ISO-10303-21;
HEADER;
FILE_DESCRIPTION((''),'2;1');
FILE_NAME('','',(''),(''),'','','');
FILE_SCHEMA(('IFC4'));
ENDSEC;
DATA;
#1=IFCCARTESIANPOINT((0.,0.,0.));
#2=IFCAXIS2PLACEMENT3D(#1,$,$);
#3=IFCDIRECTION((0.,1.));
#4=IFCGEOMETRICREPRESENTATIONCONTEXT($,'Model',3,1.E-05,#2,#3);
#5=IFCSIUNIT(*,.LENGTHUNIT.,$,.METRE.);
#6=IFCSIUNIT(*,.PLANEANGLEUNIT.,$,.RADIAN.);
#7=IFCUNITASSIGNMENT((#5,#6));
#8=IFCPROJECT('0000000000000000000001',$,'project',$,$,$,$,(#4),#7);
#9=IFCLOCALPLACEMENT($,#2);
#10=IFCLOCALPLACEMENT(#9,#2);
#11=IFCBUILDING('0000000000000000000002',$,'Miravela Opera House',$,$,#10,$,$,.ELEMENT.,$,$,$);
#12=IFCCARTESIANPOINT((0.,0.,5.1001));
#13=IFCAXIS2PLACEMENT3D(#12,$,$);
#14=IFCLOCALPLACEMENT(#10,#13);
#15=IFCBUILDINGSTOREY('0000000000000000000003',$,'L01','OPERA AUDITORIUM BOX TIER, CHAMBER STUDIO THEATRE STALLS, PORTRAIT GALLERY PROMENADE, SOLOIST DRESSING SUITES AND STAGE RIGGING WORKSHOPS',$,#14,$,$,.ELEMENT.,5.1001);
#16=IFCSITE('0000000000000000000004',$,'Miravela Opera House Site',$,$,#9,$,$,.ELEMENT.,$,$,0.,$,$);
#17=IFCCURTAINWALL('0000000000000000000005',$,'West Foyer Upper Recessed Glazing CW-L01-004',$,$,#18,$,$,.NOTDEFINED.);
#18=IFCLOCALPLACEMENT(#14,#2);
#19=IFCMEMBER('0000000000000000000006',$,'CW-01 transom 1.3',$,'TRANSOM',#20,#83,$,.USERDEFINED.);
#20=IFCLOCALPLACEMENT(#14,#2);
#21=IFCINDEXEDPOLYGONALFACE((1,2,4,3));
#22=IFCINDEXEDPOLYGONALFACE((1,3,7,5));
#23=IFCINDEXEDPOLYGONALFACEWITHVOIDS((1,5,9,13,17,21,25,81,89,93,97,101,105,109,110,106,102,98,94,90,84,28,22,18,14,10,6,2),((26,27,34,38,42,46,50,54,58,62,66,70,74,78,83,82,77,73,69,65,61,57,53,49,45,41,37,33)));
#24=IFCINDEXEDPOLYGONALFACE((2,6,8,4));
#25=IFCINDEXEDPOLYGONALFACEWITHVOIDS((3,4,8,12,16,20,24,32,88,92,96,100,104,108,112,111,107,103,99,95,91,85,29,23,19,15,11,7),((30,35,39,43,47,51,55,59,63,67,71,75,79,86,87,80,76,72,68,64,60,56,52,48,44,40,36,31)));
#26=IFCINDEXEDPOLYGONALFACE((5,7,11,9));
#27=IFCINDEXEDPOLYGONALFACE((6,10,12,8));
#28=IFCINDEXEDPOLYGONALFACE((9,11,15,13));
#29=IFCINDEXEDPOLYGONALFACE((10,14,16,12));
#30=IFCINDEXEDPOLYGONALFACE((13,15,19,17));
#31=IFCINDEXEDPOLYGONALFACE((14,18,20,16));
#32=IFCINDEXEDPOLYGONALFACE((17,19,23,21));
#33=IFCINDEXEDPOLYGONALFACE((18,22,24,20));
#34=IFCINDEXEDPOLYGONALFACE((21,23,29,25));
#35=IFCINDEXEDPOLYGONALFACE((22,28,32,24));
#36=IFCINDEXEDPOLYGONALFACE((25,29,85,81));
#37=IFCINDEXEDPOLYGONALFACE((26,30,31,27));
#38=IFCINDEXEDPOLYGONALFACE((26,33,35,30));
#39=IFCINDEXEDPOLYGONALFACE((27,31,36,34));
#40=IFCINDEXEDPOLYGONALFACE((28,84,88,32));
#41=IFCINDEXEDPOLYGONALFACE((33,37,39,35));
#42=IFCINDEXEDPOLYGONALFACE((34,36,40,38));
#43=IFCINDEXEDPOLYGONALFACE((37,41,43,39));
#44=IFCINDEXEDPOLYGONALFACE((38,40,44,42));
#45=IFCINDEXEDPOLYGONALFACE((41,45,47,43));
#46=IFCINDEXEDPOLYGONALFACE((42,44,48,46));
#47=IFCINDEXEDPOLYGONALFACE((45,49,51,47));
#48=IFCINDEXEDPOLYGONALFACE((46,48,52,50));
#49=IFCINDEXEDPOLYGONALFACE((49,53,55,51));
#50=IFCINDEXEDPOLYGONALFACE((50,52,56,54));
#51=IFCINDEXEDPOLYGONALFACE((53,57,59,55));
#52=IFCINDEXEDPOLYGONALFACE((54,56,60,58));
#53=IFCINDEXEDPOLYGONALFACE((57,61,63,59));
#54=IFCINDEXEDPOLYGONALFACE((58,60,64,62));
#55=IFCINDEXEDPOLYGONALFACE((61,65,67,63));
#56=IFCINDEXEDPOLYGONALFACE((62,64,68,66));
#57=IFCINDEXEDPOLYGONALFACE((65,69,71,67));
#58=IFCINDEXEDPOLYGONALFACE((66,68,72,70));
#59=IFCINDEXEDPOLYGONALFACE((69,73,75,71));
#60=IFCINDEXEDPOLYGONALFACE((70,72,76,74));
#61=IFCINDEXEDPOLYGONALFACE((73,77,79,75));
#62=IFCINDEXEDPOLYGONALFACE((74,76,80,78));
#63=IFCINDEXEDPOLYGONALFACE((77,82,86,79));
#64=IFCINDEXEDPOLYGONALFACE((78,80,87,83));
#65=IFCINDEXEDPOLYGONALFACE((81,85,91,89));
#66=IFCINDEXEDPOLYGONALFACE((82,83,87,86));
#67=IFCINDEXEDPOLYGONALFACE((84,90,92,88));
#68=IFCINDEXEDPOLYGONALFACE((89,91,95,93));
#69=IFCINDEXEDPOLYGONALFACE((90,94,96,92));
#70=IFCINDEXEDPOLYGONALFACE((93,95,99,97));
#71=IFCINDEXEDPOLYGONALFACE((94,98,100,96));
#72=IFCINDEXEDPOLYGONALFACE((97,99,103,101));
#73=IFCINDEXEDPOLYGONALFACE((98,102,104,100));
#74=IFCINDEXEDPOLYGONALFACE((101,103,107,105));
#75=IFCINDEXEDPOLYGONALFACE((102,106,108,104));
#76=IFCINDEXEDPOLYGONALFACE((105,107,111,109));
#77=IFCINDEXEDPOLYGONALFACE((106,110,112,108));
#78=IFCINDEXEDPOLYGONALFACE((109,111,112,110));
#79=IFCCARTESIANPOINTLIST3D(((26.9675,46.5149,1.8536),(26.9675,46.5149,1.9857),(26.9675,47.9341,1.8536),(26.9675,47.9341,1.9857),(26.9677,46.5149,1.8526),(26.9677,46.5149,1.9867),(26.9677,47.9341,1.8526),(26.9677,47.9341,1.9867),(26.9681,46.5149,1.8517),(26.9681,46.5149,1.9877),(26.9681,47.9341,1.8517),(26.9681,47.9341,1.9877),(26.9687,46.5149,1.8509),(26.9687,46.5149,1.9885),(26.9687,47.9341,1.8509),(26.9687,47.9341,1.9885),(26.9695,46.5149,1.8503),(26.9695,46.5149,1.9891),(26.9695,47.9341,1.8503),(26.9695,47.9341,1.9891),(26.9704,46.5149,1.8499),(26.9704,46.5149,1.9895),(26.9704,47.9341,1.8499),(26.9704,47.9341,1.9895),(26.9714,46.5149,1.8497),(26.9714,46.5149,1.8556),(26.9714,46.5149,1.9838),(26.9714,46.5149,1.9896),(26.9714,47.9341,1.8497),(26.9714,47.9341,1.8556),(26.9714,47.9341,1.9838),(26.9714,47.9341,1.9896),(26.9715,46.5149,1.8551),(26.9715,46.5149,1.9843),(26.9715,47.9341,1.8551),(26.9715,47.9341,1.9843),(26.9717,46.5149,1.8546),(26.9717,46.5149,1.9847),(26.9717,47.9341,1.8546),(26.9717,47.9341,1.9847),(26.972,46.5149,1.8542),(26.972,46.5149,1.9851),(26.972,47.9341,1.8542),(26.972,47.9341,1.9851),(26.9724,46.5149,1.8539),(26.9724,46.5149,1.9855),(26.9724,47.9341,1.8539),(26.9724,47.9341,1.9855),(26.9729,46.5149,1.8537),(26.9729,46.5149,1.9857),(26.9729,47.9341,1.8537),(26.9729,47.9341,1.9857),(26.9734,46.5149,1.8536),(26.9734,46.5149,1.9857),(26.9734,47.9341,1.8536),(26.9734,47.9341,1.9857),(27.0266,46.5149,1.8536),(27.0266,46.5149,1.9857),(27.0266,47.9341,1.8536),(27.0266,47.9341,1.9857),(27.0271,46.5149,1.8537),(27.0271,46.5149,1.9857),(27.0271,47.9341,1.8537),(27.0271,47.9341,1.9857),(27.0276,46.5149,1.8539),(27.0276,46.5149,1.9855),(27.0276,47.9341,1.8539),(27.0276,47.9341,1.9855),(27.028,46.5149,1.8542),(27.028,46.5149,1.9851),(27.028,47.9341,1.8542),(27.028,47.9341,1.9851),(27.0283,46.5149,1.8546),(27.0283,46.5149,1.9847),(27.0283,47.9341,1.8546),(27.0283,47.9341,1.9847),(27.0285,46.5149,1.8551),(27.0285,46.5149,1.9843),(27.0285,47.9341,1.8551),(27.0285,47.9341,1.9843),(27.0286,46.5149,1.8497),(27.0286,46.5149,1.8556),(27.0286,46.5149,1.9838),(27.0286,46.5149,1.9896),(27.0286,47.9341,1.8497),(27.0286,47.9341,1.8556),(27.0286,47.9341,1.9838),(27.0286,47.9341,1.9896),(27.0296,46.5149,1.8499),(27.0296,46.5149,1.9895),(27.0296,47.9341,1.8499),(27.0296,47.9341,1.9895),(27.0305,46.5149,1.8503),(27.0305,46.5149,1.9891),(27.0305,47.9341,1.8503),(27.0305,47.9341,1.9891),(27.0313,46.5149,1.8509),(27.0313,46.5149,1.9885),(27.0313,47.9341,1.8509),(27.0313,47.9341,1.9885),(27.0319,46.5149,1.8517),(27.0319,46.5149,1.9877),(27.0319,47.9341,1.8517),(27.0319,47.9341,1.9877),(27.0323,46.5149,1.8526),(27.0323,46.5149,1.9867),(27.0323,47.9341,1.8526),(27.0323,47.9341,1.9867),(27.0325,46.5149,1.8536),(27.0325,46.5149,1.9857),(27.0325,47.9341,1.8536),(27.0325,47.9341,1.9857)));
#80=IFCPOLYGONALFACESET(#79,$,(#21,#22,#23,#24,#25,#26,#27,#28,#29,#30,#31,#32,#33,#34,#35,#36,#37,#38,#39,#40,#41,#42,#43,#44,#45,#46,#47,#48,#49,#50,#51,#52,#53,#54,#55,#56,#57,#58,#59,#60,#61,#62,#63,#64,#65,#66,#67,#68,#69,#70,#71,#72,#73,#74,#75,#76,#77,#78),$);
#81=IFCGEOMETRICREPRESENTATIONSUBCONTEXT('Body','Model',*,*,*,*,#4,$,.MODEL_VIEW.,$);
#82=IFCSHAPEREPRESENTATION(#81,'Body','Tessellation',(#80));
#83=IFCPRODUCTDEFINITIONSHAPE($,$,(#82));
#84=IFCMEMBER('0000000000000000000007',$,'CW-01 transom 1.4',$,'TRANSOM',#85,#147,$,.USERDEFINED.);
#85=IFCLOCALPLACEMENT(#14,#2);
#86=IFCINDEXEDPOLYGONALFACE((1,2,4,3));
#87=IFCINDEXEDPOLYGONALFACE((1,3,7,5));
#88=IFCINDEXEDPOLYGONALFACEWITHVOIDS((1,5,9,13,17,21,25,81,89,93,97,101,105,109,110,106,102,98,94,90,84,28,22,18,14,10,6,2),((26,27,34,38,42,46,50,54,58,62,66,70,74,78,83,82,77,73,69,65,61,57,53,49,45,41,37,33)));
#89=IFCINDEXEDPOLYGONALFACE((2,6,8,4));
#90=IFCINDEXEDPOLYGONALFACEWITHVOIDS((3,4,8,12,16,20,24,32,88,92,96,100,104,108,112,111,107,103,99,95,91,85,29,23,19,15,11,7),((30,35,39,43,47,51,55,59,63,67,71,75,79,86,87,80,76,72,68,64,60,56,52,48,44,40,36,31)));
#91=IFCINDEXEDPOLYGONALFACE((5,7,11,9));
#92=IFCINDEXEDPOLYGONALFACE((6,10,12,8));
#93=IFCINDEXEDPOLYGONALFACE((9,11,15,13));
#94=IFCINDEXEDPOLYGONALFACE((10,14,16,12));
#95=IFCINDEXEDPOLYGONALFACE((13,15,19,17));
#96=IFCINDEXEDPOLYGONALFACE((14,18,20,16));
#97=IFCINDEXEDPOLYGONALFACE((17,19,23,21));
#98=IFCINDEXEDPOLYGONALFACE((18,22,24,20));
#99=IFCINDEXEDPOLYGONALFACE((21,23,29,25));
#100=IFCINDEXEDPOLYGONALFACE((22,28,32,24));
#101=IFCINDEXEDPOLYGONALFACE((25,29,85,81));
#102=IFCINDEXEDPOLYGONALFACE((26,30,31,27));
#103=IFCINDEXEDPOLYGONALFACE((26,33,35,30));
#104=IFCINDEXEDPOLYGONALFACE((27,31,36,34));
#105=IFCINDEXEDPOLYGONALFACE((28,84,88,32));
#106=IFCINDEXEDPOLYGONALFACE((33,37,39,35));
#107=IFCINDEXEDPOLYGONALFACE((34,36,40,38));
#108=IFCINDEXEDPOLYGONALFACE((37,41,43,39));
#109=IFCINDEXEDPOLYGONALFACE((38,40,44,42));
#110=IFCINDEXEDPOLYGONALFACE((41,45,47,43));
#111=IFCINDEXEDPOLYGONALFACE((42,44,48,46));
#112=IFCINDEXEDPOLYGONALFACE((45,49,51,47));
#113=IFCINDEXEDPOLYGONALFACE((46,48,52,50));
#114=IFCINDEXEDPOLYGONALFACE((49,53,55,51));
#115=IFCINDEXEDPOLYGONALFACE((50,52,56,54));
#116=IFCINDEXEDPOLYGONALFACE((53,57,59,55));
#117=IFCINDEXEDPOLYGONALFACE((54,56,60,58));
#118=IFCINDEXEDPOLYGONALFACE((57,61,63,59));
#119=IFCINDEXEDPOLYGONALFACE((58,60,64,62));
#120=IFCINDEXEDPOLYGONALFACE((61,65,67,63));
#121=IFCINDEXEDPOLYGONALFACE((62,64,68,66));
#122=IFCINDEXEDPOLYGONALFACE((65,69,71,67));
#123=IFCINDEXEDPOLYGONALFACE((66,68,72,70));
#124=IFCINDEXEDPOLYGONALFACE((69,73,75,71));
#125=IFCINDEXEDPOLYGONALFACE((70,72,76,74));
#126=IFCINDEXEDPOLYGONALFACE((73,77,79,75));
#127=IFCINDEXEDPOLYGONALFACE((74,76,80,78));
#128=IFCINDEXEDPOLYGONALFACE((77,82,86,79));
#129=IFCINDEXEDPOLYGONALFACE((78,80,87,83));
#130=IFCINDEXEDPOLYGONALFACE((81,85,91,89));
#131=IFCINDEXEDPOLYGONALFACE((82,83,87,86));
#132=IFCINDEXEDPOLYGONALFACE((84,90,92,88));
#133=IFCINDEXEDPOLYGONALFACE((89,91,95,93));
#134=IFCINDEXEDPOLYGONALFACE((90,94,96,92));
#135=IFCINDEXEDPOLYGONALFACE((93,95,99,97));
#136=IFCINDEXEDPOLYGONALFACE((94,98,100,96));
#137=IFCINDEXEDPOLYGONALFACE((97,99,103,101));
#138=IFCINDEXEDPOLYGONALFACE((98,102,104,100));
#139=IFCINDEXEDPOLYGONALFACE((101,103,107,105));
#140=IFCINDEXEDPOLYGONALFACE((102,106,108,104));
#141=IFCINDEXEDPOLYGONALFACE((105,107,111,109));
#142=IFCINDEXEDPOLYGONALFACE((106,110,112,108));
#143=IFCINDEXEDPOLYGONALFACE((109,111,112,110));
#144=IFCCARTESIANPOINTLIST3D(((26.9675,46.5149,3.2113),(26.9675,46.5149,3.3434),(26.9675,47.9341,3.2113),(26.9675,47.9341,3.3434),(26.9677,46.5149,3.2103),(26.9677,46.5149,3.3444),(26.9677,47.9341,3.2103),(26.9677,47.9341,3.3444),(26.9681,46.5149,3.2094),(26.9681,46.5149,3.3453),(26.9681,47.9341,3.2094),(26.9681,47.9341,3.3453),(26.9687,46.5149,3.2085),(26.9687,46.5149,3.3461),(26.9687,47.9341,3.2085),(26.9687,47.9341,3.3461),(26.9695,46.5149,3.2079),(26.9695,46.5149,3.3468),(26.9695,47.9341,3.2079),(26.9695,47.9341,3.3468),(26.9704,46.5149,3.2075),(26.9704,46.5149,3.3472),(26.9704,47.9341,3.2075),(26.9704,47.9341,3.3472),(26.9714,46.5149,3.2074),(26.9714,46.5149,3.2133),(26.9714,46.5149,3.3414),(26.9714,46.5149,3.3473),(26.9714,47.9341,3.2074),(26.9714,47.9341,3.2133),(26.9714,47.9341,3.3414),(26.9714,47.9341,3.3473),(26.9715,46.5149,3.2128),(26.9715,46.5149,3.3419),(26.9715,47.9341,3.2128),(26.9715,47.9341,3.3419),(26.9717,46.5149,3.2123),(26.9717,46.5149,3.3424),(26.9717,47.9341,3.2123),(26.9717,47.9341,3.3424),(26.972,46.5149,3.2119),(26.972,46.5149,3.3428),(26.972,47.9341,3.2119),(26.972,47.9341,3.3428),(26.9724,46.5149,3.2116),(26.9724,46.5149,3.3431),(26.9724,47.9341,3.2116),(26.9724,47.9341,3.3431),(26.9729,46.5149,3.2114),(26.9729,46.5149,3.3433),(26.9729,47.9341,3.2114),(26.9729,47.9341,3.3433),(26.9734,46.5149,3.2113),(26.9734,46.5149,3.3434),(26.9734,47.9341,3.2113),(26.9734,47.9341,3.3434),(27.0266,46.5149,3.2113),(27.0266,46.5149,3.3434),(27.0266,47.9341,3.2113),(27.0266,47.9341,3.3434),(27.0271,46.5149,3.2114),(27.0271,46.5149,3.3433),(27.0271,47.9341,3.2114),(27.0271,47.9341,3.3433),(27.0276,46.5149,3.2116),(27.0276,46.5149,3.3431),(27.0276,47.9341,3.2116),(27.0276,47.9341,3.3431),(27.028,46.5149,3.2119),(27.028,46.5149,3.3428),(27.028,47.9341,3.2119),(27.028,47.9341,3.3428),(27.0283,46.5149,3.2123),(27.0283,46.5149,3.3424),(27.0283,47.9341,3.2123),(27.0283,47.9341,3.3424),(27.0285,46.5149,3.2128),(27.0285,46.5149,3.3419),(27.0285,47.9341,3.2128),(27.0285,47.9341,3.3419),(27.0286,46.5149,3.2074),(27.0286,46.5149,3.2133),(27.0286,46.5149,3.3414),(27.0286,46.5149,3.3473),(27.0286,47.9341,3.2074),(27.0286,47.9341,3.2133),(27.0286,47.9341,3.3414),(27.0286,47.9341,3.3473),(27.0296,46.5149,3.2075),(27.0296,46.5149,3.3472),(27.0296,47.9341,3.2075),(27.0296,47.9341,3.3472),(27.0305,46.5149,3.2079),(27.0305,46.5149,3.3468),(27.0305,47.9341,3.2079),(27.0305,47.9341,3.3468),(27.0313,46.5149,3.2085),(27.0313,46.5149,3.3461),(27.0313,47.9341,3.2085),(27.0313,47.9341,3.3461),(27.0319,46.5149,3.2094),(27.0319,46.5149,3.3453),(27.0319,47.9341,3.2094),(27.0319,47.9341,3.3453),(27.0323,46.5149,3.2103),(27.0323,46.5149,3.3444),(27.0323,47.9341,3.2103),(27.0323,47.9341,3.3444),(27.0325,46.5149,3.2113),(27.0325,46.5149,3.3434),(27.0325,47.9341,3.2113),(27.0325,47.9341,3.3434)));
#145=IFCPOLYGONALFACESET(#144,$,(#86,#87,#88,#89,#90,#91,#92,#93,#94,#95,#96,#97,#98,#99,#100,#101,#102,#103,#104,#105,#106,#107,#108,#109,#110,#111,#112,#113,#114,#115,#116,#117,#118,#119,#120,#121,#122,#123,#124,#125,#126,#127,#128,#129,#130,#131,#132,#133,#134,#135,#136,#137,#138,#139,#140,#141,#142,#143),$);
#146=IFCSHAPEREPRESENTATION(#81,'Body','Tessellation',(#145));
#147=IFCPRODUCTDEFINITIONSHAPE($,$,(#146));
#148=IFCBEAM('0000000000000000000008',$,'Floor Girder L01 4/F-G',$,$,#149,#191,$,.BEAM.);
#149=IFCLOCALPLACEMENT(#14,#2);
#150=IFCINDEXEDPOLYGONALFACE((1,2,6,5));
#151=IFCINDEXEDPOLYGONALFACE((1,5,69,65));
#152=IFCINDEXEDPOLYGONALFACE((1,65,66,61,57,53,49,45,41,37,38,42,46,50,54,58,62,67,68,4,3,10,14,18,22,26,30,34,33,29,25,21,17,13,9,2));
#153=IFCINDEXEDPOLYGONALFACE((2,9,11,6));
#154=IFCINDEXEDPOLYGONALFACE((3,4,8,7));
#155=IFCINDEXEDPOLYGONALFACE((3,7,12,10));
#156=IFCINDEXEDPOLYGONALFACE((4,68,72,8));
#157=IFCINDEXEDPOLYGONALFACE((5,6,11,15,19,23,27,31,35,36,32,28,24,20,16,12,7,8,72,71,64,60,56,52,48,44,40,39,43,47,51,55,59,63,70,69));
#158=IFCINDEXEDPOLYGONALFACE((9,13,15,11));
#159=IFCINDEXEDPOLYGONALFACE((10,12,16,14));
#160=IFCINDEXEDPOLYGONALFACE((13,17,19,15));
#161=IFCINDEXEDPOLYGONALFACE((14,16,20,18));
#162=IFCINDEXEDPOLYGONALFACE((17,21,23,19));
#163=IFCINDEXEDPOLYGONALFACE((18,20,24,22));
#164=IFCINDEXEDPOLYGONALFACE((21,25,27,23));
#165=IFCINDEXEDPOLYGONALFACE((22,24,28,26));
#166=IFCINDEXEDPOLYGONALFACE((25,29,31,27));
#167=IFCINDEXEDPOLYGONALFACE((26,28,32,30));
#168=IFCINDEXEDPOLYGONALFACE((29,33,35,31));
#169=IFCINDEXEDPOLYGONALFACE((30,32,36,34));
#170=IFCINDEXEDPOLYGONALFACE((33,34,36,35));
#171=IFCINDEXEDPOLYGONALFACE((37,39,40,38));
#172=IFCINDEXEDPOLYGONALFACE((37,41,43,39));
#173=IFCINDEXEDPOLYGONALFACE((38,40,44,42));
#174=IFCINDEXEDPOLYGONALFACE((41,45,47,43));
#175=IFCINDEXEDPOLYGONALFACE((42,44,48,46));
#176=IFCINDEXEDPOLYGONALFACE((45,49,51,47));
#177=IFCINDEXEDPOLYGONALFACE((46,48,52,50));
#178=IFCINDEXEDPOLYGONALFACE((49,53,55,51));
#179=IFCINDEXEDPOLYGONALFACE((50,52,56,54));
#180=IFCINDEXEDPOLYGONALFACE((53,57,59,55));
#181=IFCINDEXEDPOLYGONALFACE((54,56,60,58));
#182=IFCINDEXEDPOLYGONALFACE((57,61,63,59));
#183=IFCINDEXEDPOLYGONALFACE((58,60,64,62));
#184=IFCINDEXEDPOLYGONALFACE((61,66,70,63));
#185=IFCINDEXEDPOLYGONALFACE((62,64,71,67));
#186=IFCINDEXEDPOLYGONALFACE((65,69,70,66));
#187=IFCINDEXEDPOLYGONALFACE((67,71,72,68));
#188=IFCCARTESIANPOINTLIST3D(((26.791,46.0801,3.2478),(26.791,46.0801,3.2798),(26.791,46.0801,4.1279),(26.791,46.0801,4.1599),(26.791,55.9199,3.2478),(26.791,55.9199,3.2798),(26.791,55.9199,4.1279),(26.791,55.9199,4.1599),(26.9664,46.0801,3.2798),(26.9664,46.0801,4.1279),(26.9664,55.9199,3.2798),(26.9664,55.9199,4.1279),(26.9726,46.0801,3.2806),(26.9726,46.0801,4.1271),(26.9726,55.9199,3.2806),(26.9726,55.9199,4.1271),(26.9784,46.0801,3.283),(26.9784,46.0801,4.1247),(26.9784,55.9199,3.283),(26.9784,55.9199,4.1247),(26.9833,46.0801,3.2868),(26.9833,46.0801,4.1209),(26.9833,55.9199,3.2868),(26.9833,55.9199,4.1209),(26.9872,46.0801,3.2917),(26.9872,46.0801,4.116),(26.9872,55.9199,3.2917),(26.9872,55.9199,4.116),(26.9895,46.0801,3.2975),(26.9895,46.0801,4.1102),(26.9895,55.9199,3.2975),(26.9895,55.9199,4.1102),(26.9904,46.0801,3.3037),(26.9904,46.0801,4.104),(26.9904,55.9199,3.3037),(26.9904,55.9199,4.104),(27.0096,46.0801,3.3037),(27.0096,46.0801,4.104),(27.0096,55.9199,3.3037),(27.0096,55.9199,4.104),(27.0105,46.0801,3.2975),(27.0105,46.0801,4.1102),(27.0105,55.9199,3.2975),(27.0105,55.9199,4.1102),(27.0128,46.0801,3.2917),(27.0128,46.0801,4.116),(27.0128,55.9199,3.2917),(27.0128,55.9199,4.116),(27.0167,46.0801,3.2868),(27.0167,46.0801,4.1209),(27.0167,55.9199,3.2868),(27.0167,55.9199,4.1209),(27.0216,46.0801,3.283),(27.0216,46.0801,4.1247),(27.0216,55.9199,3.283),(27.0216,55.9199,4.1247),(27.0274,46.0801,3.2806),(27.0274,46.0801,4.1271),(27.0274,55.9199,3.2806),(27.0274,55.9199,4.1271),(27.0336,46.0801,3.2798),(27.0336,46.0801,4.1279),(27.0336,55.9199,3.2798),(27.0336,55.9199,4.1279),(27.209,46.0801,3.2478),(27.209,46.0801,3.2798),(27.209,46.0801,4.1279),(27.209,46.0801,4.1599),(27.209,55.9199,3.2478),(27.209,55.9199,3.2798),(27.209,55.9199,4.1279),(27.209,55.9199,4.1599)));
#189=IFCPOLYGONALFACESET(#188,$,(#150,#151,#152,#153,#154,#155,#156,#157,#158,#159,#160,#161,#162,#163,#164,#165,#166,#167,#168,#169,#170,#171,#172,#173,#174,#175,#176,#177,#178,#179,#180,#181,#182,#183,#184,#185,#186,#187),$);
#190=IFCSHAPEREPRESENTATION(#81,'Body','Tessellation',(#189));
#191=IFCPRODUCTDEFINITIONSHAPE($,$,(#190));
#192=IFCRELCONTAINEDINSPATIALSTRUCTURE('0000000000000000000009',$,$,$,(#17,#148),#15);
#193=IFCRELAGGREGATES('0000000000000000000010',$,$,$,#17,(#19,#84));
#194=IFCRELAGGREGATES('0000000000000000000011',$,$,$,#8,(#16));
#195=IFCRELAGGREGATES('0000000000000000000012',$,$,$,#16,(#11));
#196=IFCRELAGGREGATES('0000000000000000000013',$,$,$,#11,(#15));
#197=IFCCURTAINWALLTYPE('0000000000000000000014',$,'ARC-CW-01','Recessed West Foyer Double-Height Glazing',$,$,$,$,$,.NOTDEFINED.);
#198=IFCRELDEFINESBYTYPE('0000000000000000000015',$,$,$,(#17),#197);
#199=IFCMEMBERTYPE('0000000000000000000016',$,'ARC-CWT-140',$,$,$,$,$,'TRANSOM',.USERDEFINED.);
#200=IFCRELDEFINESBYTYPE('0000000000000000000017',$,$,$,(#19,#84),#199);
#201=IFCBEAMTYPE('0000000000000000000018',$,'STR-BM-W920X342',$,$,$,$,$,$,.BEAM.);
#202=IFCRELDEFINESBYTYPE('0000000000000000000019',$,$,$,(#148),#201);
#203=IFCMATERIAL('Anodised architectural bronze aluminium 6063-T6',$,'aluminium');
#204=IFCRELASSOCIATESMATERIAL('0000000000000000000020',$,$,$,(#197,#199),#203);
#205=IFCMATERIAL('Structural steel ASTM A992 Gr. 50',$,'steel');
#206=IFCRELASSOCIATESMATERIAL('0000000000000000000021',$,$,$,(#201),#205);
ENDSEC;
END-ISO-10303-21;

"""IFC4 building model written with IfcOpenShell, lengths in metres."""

from ifc_helpers import new_model, si_unit, direction, frame, origin, origin_2d, place, context, subcontext, project, spatial, hollow_rectangle, i_section, extrude, material, material_profile, profile_set, type_object, element, aggregate, save


model = new_model("IFC4")

# Units and contexts
model_context = context("Model", 3, precision=1e-05, world=origin(), true_north=direction((0.0, 1.0)))
body_context = subcontext(model_context, "Body", "Model", "MODEL_VIEW")
ifc_project = project(units=[si_unit("LENGTHUNIT", "METRE"), si_unit("PLANEANGLEUNIT", "RADIAN")], contexts=[model_context])

# Site, building, storey
site_placement = place(None, origin())
site = spatial("IfcSite", under=ifc_project, at=site_placement, Name="Miravela Opera House Site", CompositionType="ELEMENT", RefElevation=0.0)
building_placement = place(site_placement, origin())
building = spatial("IfcBuilding", under=site, at=building_placement, Name="Miravela Opera House", CompositionType="ELEMENT")
storey_placement = place(building_placement, frame((0.0, 0.0, 5.1001)))
storey = spatial("IfcBuildingStorey", under=building, at=storey_placement, Name="L01", Description="OPERA AUDITORIUM BOX TIER, CHAMBER STUDIO THEATRE STALLS, PORTRAIT GALLERY PROMENADE, SOLOIST DRESSING SUITES AND STAGE RIGGING WORKSHOPS", CompositionType="ELEMENT", Elevation=5.1001)

# Curtain wall
ifc_material_1 = material(Name="Anodised architectural bronze aluminium 6063-T6", Category="aluminium")
curtain_wall_type = type_object("IfcCurtainWallType", Name="ARC-CW-01", Description="Recessed West Foyer Double-Height Glazing", PredefinedType="NOTDEFINED", material=ifc_material_1)
curtain_wall_1_placement = place(storey_placement, origin())
curtain_wall_1 = element("IfcCurtainWall", 1, at=curtain_wall_1_placement, inside=storey, type_object=curtain_wall_type, Name="West Foyer Upper Recessed Glazing CW-L01-004", PredefinedType="NOTDEFINED")

# Members
ifc_material_profile_1 = material_profile(ifc_material_1, hollow_rectangle(XDim=0.0649, YDim=0.1399, WallThickness=0.0039, InnerFilletRadius=0.002, OuterFilletRadius=0.0039, at=origin_2d()), Name="CWT-65X140")
ifc_profile_set_1 = profile_set([ifc_material_profile_1])
member_type_1 = type_object("IfcMemberType", Name="ARC-CWT-140", ElementType="TRANSOM", PredefinedType="USERDEFINED", material=ifc_profile_set_1)
member_1_placement = place(storey_placement, frame((27.0, 46.5149, 1.9197), z_axis=(0.0, 1.0, 0.0), x_axis=(-1.0, 0.0, 0.0)))
member_1 = element("IfcMember", 2, at=member_1_placement, type_object=member_type_1, Name="CW-01 transom 1.3", ObjectType="TRANSOM", PredefinedType="USERDEFINED", context=body_context, shape_type="SweptSolid", body=[
    extrude(hollow_rectangle(XDim=0.0649, YDim=0.1399, WallThickness=0.0039, InnerFilletRadius=0.002, OuterFilletRadius=0.0039, at=origin_2d()), origin(), (0.0, 0.0, 1.0), 1.4192),
])
member_2_placement = place(storey_placement, frame((27.0, 46.5149, 3.2773), z_axis=(0.0, 1.0, 0.0), x_axis=(-1.0, 0.0, 0.0)))
member_2 = element("IfcMember", 3, at=member_2_placement, type_object=member_type_1, Name="CW-01 transom 1.4", ObjectType="TRANSOM", PredefinedType="USERDEFINED", context=body_context, shape_type="SweptSolid", body=[
    extrude(hollow_rectangle(XDim=0.0649, YDim=0.1399, WallThickness=0.0039, InnerFilletRadius=0.002, OuterFilletRadius=0.0039, at=origin_2d()), origin(), (0.0, 0.0, 1.0), 1.4192),
])

# Beam
ifc_material_2 = material(Name="Structural steel ASTM A992 Gr. 50", Category="steel")
ifc_material_profile_2 = material_profile(ifc_material_2, i_section(OverallWidth=0.418, OverallDepth=0.9121, WebThickness=0.0193, FlangeThickness=0.032, FilletRadius=0.0239, at=origin_2d()), Name="W920X342")
ifc_profile_set_2 = profile_set([ifc_material_profile_2])
beam_type = type_object("IfcBeamType", Name="STR-BM-W920X342", PredefinedType="BEAM", material=ifc_profile_set_2)
beam_placement = place(storey_placement, frame((27.0, 46.0801, 3.7039), z_axis=(0.0, 1.0, 0.0), x_axis=(-1.0, 0.0, 0.0)))
element("IfcBeam", 4, at=beam_placement, inside=storey, type_object=beam_type, Name="Floor Girder L01 4/F-G", PredefinedType="BEAM", context=body_context, shape_type="SweptSolid", body=[
    extrude(i_section(OverallWidth=0.418, OverallDepth=0.9121, WebThickness=0.0193, FlangeThickness=0.032, FilletRadius=0.0239, at=origin_2d()), origin(), (0.0, 0.0, 1.0), 9.8398),
])

aggregate(curtain_wall_1, [member_1, member_2])

save(model, "model.ifc")
